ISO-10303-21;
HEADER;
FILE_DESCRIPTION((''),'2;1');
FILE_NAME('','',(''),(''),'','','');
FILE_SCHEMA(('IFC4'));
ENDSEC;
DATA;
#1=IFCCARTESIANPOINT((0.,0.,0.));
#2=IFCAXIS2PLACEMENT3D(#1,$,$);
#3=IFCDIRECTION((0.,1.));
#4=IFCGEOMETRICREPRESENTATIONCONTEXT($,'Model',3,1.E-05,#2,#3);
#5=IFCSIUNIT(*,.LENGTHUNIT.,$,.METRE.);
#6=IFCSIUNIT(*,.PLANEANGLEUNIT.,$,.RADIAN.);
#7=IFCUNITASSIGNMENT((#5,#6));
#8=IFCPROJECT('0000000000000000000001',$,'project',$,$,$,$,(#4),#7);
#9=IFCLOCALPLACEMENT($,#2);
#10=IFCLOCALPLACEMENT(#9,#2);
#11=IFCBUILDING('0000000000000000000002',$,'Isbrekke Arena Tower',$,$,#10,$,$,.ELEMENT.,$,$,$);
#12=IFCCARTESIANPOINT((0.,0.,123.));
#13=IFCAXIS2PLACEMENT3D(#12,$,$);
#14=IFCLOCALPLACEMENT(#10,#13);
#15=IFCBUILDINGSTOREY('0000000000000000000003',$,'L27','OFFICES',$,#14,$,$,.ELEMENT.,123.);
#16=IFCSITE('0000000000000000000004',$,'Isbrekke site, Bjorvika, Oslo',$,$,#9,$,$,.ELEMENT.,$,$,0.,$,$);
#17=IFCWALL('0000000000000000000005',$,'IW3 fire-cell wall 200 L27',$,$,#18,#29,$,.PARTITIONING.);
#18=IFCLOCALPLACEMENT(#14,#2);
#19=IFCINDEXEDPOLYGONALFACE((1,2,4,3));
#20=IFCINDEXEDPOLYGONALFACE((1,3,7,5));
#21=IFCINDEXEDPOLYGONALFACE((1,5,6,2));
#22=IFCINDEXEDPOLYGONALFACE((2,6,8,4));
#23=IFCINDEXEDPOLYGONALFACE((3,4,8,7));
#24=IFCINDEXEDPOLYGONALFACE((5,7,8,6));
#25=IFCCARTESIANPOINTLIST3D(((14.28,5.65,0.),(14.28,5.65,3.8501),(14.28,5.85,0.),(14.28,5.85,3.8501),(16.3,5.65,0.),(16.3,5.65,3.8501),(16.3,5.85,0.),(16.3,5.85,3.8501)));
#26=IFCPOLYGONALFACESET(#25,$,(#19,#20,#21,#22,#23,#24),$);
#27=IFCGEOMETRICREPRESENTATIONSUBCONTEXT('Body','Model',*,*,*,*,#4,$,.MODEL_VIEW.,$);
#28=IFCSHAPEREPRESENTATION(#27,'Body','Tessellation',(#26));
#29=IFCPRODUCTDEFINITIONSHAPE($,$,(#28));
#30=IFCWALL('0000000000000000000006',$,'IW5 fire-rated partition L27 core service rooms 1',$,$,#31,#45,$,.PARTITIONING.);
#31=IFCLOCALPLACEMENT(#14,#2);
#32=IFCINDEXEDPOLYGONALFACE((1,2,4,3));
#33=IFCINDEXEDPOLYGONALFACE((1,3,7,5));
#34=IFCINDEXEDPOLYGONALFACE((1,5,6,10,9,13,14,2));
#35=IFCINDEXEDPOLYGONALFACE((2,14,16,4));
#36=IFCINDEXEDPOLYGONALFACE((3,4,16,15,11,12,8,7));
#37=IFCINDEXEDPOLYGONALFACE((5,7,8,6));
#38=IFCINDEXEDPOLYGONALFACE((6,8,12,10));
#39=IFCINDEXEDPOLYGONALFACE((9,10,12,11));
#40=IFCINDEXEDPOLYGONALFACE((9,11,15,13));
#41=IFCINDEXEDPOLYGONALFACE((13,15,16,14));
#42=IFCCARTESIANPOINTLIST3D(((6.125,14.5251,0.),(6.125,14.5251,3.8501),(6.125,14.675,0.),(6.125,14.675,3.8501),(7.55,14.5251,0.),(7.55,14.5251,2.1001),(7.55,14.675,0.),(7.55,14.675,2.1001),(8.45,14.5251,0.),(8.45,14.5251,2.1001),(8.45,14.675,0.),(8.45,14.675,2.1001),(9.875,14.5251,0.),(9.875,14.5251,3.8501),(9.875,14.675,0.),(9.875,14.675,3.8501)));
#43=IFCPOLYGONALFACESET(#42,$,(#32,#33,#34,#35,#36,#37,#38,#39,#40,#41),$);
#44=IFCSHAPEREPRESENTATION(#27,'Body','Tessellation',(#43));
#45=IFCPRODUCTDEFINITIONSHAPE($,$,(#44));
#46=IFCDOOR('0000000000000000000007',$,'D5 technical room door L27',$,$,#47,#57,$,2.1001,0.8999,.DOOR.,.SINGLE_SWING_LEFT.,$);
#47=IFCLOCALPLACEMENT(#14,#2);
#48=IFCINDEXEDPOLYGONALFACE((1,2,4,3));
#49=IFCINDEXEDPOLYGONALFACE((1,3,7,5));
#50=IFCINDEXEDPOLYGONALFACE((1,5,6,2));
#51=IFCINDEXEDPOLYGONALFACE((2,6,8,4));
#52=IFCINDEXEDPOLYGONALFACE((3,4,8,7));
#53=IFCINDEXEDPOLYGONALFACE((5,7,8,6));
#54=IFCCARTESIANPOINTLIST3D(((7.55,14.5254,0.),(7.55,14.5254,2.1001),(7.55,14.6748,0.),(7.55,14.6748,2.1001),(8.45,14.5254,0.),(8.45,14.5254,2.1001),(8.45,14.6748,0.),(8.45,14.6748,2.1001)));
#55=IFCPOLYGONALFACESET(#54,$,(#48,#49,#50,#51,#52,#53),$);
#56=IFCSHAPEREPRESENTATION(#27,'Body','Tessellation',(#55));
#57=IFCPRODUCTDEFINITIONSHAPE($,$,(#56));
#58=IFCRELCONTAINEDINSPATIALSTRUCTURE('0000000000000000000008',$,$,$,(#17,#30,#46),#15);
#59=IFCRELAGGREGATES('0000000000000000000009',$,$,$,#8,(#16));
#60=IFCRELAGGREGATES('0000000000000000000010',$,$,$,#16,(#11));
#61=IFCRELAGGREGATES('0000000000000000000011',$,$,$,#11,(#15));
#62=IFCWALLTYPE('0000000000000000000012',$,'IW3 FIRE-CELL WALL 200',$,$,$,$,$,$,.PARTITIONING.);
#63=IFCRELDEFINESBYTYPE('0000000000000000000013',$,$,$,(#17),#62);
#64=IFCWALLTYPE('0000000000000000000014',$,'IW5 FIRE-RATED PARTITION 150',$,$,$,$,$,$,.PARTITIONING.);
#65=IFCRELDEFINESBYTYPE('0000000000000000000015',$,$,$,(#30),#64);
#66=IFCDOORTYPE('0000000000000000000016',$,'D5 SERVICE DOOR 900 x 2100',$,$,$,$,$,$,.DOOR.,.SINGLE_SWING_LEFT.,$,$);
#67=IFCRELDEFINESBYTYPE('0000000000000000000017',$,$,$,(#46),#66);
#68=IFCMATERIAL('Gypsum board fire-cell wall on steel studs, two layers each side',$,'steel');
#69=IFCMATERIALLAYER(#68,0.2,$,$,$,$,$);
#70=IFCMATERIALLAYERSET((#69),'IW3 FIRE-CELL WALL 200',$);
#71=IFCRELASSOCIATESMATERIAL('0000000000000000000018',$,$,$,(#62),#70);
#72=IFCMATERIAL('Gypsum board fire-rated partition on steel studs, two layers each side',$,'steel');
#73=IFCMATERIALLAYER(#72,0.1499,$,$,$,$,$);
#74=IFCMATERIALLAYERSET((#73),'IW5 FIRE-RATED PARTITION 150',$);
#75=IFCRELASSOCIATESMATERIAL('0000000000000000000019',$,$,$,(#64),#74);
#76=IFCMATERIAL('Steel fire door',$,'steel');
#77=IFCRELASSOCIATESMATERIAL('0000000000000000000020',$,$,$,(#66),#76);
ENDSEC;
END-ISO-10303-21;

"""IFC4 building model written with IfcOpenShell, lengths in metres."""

from ifc_helpers import new_model, si_unit, direction, frame, frame_2d, origin, place, context, subcontext, project, spatial, rectangle, extrude, material, layer, layer_set, type_object, element, fill, save


model = new_model("IFC4")

# Units and contexts
model_context = context("Model", 3, precision=1e-05, world=origin(), true_north=direction((0.0, 1.0)))
body_context = subcontext(model_context, "Body", "Model", "MODEL_VIEW")
ifc_project = project(units=[si_unit("LENGTHUNIT", "METRE"), si_unit("PLANEANGLEUNIT", "RADIAN")], contexts=[model_context])

# Site, building, storey
site_placement = place(None, origin())
site = spatial("IfcSite", under=ifc_project, at=site_placement, Name="Isbrekke site, Bjorvika, Oslo", CompositionType="ELEMENT", RefElevation=0.0)
building_placement = place(site_placement, origin())
building = spatial("IfcBuilding", under=site, at=building_placement, Name="Isbrekke Arena Tower", CompositionType="ELEMENT")
storey_placement = place(building_placement, frame((0.0, 0.0, 123.0)))
storey = spatial("IfcBuildingStorey", under=building, at=storey_placement, Name="L27", Description="OFFICES", CompositionType="ELEMENT", Elevation=123.0)

# Wall
ifc_material_1 = material(Name="Gypsum board fire-cell wall on steel studs, two layers each side", Category="steel")
ifc_layer_1 = layer(ifc_material_1, 0.2)
ifc_layer_set_1 = layer_set([ifc_layer_1], Name="IW3 FIRE-CELL WALL 200")
wall_type_1 = type_object("IfcWallType", Name="IW3 FIRE-CELL WALL 200", PredefinedType="PARTITIONING", material=ifc_layer_set_1)
wall_1_placement = place(storey_placement, frame((14.28, 5.75, 0.0), z_axis=(0.0, 0.0, 1.0), x_axis=(1.0, 0.0, 0.0)))
element("IfcWall", 1, at=wall_1_placement, inside=storey, type_object=wall_type_1, Name="IW3 fire-cell wall 200 L27", PredefinedType="PARTITIONING", context=body_context, shape_type="SweptSolid", body=[
    extrude(rectangle(XDim=2.02, YDim=0.2, at=frame_2d((1.01, 0.0))), origin(), (0.0, 0.0, 1.0), 3.8501),
])

# Wall, opening, door
ifc_material_2 = material(Name="Gypsum board fire-rated partition on steel studs, two layers each side", Category="steel")
ifc_layer_2 = layer(ifc_material_2, 0.1499)
ifc_layer_set_2 = layer_set([ifc_layer_2], Name="IW5 FIRE-RATED PARTITION 150")
wall_type_2 = type_object("IfcWallType", Name="IW5 FIRE-RATED PARTITION 150", PredefinedType="PARTITIONING", material=ifc_layer_set_2)
wall_2_placement = place(storey_placement, frame((6.125, 14.6001, 0.0), z_axis=(0.0, 0.0, 1.0), x_axis=(1.0, 0.0, 0.0)))
wall_2 = element("IfcWall", 2, at=wall_2_placement, inside=storey, type_object=wall_type_2, Name="IW5 fire-rated partition L27 core service rooms 1", PredefinedType="PARTITIONING", context=body_context, shape_type="SweptSolid", body=[
    extrude(rectangle(XDim=3.75, YDim=0.1499, at=frame_2d((1.875, 0.0))), origin(), (0.0, 0.0, 1.0), 3.8501),
])
opening_1_placement = place(wall_2_placement, frame((1.425, 0.0, 0.0)))
opening_1 = element("IfcOpeningElement", 3, at=opening_1_placement, cuts=wall_2, PredefinedType="OPENING", context=body_context, shape_type="SweptSolid", body=[
    extrude(rectangle(XDim=0.8999, YDim=2.1001, at=frame_2d((0.45, 1.05))), frame((0.0, 0.0898, 0.0), z_axis=(0.0, -1.0, 0.0), x_axis=(1.0, 0.0, 0.0)), (0.0, 0.0, 1.0), 0.1797),
])
ifc_material_3 = material(Name="Steel fire door", Category="steel")
door_type_1 = type_object("IfcDoorType", Name="D5 SERVICE DOOR 900 x 2100", OperationType="SINGLE_SWING_LEFT", PredefinedType="DOOR", material=ifc_material_3)
door_1_placement = place(opening_1_placement, origin())
door_1 = element("IfcDoor", 4, at=door_1_placement, inside=storey, type_object=door_type_1, Name="D5 technical room door L27", OperationType="SINGLE_SWING_LEFT", OverallHeight=2.1001, OverallWidth=0.8999, PredefinedType="DOOR", context=body_context, shape_type="SweptSolid", body=[
    extrude(rectangle(XDim=0.8999, YDim=2.1001, at=frame_2d((0.45, 1.05))), frame((0.0, 0.0747, 0.0), z_axis=(0.0, -1.0, 0.0), x_axis=(1.0, 0.0, 0.0)), (0.0, 0.0, 1.0), 0.1494),
])
fill(opening_1, door_1)

save(model, "model.ifc")
